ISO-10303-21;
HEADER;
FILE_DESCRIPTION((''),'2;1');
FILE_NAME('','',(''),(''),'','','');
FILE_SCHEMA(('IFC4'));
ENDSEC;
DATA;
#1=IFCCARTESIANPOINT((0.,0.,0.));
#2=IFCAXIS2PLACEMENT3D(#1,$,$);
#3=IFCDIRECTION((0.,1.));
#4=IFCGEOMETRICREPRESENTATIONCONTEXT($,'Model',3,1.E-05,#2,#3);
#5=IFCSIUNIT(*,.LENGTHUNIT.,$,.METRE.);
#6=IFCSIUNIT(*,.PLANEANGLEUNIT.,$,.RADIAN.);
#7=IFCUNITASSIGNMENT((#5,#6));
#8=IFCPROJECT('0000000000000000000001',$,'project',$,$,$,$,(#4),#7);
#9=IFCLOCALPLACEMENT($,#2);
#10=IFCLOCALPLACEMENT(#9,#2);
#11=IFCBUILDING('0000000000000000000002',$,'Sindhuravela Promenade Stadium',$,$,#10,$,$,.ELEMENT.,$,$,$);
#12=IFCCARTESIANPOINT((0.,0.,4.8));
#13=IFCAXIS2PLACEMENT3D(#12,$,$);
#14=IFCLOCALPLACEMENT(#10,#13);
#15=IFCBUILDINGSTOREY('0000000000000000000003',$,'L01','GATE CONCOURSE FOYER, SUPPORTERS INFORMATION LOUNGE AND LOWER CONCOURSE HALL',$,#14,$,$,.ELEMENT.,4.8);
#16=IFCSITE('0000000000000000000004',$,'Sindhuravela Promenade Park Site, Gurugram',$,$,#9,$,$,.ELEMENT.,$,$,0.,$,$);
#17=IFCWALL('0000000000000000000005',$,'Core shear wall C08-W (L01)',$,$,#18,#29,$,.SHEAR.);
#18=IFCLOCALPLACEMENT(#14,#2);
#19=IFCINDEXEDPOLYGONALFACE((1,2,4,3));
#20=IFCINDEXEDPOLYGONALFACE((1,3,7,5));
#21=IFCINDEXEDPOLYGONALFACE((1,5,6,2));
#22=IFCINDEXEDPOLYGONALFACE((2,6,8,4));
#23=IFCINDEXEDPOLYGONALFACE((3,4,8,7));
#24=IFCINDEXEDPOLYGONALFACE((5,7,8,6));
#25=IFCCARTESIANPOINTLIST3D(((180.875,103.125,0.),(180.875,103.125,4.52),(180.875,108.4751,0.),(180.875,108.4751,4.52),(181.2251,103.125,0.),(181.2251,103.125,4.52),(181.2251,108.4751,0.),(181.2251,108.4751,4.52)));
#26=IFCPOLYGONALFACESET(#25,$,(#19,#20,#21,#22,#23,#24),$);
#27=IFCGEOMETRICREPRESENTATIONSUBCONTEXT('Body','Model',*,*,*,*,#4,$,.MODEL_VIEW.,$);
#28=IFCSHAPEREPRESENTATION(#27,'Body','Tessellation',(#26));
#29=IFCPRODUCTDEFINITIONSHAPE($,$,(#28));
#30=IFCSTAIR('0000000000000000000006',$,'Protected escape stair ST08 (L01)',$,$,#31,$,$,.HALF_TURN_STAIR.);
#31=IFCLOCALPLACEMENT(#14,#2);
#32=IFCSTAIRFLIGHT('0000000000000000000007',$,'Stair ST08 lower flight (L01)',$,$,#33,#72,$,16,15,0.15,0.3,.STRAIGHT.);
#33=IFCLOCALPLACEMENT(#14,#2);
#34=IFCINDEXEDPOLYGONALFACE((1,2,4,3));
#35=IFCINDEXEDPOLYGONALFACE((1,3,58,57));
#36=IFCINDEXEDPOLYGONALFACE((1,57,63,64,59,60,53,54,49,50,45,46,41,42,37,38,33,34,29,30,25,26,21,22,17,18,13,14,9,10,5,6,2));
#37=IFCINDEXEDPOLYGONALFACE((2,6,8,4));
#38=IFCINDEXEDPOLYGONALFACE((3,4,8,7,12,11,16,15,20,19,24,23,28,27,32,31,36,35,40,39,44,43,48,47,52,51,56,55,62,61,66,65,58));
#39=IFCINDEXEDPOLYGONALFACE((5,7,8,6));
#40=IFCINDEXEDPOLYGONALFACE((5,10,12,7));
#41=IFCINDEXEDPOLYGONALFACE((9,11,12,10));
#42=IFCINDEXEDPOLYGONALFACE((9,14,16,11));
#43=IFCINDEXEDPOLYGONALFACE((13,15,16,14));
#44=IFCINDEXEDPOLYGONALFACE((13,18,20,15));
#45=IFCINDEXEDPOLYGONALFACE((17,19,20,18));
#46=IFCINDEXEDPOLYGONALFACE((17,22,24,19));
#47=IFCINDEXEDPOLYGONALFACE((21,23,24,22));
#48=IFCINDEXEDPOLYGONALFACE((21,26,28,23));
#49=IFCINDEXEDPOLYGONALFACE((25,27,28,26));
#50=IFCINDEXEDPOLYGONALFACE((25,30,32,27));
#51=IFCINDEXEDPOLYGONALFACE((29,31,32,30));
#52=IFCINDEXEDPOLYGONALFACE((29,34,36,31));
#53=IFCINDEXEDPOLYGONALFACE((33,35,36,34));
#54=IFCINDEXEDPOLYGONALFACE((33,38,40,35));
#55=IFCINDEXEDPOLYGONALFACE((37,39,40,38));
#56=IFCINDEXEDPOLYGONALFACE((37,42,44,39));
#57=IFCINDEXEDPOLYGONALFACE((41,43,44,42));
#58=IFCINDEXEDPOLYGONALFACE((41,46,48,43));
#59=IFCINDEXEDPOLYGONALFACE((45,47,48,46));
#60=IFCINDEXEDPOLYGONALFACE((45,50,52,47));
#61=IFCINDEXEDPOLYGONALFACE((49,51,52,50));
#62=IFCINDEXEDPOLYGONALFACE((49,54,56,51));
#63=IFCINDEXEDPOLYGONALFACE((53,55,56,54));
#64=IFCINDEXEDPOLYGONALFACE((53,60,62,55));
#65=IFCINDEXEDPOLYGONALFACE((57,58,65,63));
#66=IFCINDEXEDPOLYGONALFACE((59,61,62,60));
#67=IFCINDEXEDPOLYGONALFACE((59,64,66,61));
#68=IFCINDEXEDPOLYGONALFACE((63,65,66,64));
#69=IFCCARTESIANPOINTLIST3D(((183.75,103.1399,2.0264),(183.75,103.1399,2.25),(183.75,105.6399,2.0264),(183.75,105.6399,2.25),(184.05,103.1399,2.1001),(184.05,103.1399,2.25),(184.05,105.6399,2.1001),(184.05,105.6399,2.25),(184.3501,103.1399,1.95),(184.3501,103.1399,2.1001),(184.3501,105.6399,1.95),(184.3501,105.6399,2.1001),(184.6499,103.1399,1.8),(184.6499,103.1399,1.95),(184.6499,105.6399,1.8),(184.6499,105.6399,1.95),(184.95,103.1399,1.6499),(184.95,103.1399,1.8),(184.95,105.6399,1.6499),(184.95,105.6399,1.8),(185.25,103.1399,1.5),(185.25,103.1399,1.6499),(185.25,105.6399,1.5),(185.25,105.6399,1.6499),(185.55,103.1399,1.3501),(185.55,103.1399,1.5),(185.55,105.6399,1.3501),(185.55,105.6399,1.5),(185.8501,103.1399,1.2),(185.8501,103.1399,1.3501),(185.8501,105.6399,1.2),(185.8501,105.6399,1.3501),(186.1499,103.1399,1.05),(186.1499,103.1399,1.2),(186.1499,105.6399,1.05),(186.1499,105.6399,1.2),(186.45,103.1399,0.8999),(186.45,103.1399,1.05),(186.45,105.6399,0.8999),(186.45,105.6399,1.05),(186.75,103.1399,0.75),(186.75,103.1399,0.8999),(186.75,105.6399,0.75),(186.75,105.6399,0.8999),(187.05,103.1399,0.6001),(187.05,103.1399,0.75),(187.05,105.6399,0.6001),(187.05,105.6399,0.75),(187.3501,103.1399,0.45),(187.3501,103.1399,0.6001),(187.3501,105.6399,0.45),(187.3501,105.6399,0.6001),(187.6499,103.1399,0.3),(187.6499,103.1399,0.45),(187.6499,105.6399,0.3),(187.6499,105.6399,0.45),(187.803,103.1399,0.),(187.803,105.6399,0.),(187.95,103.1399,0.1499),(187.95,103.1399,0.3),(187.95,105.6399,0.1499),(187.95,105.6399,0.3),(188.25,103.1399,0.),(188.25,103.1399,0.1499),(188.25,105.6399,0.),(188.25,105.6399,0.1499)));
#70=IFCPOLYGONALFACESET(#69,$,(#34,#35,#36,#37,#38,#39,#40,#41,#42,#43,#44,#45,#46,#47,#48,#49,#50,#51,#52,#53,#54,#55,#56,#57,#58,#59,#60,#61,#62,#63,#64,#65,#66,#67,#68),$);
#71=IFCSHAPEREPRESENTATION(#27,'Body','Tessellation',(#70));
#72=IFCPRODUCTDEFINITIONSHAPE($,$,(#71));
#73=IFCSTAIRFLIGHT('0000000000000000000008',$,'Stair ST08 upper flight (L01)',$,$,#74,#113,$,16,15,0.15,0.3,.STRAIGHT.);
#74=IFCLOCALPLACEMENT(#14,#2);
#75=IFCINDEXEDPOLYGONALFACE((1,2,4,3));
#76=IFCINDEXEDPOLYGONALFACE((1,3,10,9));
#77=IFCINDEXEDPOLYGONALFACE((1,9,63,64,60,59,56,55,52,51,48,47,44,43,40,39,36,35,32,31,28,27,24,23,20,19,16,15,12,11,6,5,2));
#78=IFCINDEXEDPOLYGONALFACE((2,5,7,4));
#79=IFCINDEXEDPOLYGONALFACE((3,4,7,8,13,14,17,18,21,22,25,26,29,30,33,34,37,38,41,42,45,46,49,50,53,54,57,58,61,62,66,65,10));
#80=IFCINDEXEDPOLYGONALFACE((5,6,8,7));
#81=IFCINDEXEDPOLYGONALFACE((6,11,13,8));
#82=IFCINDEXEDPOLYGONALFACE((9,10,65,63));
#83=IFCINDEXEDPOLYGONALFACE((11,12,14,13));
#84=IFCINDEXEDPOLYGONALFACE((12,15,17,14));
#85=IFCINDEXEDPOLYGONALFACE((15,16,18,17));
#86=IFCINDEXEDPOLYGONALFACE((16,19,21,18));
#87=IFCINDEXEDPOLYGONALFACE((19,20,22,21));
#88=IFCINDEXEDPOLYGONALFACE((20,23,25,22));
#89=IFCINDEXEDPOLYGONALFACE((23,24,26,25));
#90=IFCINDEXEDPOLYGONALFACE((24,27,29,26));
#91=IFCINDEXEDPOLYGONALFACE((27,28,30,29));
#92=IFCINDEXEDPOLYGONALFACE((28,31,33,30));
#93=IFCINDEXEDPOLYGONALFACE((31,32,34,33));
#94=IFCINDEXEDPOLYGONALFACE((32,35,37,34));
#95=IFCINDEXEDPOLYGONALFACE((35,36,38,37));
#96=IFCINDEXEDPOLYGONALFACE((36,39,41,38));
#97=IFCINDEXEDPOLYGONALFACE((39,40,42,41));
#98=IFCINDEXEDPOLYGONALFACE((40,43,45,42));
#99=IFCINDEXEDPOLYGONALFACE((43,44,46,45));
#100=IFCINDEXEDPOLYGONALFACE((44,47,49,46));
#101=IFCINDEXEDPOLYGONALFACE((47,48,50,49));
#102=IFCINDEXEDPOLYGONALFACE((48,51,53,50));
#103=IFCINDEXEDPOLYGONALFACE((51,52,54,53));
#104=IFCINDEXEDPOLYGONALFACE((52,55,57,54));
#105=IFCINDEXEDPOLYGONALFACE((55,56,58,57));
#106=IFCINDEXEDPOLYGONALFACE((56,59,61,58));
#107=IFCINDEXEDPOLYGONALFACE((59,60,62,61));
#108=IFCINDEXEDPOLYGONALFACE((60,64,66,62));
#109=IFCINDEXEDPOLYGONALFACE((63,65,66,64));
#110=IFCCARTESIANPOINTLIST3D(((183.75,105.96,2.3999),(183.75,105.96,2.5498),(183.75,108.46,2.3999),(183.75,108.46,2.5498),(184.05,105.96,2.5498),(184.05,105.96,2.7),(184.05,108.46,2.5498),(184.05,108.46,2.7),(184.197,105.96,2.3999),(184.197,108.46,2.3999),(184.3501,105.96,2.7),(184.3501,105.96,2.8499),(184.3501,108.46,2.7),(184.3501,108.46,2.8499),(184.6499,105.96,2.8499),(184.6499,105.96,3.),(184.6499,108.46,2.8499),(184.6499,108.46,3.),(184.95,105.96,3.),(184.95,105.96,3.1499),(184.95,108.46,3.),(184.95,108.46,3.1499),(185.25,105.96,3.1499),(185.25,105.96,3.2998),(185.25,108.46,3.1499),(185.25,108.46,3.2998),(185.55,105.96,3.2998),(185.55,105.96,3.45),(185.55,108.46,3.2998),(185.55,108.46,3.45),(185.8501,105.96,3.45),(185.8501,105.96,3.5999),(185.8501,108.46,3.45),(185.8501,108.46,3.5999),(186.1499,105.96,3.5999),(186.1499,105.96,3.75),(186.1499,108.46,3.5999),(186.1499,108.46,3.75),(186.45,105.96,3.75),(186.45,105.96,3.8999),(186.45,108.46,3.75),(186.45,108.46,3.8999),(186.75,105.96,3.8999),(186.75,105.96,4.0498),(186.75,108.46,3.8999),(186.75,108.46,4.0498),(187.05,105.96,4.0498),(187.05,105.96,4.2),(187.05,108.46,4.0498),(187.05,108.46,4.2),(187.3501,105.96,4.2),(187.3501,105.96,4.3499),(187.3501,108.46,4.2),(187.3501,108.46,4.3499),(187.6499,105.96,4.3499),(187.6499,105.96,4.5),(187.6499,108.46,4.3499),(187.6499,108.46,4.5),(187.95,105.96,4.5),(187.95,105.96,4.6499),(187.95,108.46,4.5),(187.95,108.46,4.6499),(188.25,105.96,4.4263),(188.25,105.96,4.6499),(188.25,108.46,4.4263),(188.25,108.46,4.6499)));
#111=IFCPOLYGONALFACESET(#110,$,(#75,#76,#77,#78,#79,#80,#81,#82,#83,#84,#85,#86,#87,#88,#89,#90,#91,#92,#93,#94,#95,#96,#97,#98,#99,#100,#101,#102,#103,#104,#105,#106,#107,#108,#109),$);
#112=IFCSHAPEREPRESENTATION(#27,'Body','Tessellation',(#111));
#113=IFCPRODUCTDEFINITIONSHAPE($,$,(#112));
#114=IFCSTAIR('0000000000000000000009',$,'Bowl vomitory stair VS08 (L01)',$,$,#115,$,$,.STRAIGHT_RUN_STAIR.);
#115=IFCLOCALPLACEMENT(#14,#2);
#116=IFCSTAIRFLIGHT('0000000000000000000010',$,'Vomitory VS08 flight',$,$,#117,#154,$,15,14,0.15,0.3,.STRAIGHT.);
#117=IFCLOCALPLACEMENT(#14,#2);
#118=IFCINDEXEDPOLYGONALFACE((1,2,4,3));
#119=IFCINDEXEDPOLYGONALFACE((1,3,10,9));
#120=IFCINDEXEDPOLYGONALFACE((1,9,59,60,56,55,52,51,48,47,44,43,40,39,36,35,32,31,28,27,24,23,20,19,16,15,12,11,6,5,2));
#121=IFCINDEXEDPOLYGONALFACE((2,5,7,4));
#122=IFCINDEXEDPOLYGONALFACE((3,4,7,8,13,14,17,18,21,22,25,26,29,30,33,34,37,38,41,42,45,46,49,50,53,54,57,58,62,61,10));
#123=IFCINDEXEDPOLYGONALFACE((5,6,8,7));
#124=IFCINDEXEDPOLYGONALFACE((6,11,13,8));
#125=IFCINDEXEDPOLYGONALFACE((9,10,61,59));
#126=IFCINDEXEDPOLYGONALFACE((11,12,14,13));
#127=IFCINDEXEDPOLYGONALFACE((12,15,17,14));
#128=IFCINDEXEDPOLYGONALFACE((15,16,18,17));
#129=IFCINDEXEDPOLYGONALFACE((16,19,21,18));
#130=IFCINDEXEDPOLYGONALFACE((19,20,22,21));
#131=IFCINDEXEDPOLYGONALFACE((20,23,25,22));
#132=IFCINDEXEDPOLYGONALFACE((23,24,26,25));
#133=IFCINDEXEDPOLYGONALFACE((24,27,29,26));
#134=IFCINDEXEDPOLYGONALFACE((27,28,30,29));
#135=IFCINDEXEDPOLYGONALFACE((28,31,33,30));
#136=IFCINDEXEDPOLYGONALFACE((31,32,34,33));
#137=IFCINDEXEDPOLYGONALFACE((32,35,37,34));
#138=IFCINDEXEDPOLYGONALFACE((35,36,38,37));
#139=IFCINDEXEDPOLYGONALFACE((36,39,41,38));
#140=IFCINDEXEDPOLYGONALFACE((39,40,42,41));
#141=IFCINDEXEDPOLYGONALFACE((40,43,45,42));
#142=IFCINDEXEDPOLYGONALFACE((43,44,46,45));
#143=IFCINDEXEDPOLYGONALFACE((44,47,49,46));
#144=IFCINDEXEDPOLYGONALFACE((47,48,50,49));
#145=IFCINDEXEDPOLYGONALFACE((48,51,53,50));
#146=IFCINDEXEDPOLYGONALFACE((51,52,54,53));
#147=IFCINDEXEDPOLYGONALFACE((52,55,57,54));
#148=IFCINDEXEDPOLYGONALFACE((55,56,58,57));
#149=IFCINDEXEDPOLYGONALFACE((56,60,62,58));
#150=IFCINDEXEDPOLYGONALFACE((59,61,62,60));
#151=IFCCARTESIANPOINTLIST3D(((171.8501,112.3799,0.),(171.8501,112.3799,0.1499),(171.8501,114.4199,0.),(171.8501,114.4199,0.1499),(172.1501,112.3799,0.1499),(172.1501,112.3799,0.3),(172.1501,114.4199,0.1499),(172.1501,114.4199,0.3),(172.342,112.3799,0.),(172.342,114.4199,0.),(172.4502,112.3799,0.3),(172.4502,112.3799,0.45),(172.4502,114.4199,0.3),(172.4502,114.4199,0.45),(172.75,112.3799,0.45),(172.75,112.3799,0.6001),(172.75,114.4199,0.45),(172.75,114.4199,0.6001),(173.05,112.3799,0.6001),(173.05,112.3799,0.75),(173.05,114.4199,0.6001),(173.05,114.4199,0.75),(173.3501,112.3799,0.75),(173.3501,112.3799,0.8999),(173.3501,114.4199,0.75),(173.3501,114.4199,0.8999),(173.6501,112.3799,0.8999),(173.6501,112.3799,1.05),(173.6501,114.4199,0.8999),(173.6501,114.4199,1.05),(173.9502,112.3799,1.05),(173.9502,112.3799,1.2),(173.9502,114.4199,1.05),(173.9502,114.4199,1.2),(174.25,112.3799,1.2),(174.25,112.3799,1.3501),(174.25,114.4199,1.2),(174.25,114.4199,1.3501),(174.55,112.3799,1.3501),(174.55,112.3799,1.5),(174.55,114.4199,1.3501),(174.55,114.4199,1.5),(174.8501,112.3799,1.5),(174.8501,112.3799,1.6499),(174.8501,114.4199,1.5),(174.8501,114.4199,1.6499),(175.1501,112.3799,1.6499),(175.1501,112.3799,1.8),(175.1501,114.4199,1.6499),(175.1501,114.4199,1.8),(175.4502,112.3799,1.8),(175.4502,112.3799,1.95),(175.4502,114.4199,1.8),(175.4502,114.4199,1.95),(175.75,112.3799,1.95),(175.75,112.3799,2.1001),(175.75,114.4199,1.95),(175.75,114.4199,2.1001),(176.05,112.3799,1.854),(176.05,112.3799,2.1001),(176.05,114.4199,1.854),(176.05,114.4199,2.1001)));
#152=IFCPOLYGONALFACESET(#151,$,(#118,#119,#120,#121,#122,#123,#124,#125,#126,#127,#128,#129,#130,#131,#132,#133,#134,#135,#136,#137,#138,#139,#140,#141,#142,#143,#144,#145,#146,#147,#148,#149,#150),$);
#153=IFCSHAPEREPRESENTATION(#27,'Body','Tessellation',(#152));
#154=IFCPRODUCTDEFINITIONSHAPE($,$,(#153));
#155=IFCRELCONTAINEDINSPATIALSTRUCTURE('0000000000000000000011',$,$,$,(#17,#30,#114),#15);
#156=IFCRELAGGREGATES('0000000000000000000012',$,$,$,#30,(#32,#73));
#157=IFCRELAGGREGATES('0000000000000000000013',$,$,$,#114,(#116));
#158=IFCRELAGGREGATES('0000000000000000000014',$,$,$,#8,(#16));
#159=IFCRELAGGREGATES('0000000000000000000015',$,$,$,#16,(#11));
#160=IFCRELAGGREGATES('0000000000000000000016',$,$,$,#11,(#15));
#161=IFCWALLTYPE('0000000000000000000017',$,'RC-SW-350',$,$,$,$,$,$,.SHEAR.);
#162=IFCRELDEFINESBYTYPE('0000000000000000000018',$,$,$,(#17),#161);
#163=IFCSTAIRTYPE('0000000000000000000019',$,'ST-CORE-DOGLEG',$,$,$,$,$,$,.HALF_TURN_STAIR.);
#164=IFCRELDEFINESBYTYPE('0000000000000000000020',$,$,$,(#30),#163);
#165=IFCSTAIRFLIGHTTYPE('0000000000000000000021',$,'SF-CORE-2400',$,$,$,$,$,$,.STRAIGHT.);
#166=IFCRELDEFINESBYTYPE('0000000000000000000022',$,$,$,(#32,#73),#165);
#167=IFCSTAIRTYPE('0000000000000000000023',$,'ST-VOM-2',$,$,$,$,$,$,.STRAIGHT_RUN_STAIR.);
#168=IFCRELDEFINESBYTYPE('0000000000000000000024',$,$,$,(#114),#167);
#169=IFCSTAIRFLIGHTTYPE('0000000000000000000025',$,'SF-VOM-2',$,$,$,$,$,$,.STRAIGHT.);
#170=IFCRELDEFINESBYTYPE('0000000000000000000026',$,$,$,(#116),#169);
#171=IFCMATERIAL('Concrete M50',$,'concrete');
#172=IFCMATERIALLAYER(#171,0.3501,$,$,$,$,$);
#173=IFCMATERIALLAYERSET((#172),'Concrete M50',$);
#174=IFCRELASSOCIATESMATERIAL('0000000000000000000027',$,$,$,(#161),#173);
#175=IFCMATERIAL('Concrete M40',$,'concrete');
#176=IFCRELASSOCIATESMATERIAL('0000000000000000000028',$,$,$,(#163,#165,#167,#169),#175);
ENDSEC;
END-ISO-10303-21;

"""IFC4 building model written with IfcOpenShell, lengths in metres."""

from ifc_helpers import new_model, si_unit, direction, frame, frame_2d, origin, place, context, subcontext, project, spatial, polyline, rectangle, outline, extrude, material, layer, layer_set, type_object, element, aggregate, save


model = new_model("IFC4")

# Units and contexts
model_context = context("Model", 3, precision=1e-05, world=origin(), true_north=direction((0.0, 1.0)))
body_context = subcontext(model_context, "Body", "Model", "MODEL_VIEW")
ifc_project = project(units=[si_unit("LENGTHUNIT", "METRE"), si_unit("PLANEANGLEUNIT", "RADIAN")], contexts=[model_context])

# Site, building, storey
site_placement = place(None, origin())
site = spatial("IfcSite", under=ifc_project, at=site_placement, Name="Sindhuravela Promenade Park Site, Gurugram", CompositionType="ELEMENT", RefElevation=0.0)
building_placement = place(site_placement, origin())
building = spatial("IfcBuilding", under=site, at=building_placement, Name="Sindhuravela Promenade Stadium", CompositionType="ELEMENT")
storey_placement = place(building_placement, frame((0.0, 0.0, 4.8)))
storey = spatial("IfcBuildingStorey", under=building, at=storey_placement, Name="L01", Description="GATE CONCOURSE FOYER, SUPPORTERS INFORMATION LOUNGE AND LOWER CONCOURSE HALL", CompositionType="ELEMENT", Elevation=4.8)

# Shared definitions
ifc_material_1 = material(Name="Concrete M50", Category="concrete")
ifc_material_2 = material(Name="Concrete M40", Category="concrete")

# Wall
ifc_layer_1 = layer(ifc_material_1, 0.3501)
ifc_layer_set_1 = layer_set([ifc_layer_1], Name="Concrete M50")
wall_type_1 = type_object("IfcWallType", Name="RC-SW-350", PredefinedType="SHEAR", material=ifc_layer_set_1)
wall_1_placement = place(storey_placement, frame((181.05, 108.4751, 0.0), z_axis=(0.0, 0.0, 1.0), x_axis=(0.0, -1.0, 0.0)))
element("IfcWall", 1, at=wall_1_placement, inside=storey, type_object=wall_type_1, Name="Core shear wall C08-W (L01)", PredefinedType="SHEAR", context=body_context, shape_type="SweptSolid", body=[
    extrude(rectangle(XDim=5.3501, YDim=0.3501, at=frame_2d((2.675, 0.0))), origin(), (0.0, 0.0, 1.0), 4.52),
])

# Stair, stair flights
stair_type_1 = type_object("IfcStairType", Name="ST-CORE-DOGLEG", PredefinedType="HALF_TURN_STAIR", material=ifc_material_2)
stair_1_placement = place(storey_placement, origin())
stair_1 = element("IfcStair", 2, at=stair_1_placement, inside=storey, type_object=stair_type_1, Name="Protected escape stair ST08 (L01)", PredefinedType="HALF_TURN_STAIR")
stair_flight_type_1 = type_object("IfcStairFlightType", Name="SF-CORE-2400", PredefinedType="STRAIGHT", material=ifc_material_2)
stair_flight_1_placement = place(storey_placement, frame((188.25, 104.3899, 0.0), z_axis=(0.0, 0.0, 1.0), x_axis=(-1.0, 0.0, 0.0)))
stair_flight_1 = element("IfcStairFlight", 3, at=stair_flight_1_placement, type_object=stair_flight_type_1, Name="Stair ST08 lower flight (L01)", NumberOfRisers=16, NumberOfTreads=15, PredefinedType="STRAIGHT", RiserHeight=0.15, TreadLength=0.3, context=body_context, shape_type="SweptSolid", body=[
    extrude(outline(polyline([(0.0, 0.0), (0.0, 0.1499), (0.3, 0.1499), (0.3, 0.3), (0.6001, 0.3), (0.6001, 0.45), (0.8999, 0.45), (0.8999, 0.6001), (1.2, 0.6001), (1.2, 0.75), (1.5, 0.75), (1.5, 0.8999), (1.8, 0.8999), (1.8, 1.05), (2.1001, 1.05), (2.1001, 1.2), (2.3999, 1.2), (2.3999, 1.3501), (2.7, 1.3501), (2.7, 1.5), (3.0, 1.5), (3.0, 1.6499), (3.3, 1.6499), (3.3, 1.8), (3.6001, 1.8), (3.6001, 1.95), (3.8999, 1.95), (3.8999, 2.1001), (4.2, 2.1001), (4.2, 2.25), (4.5, 2.25), (4.5, 2.3999), (4.5, 2.0264), (0.447, 0.0), (0.0, 0.0)])), frame((0.0, 1.25, 0.0), z_axis=(0.0, -1.0, 0.0), x_axis=(1.0, 0.0, 0.0)), (0.0, 0.0, 1.0), 2.5),
])
stair_flight_2_placement = place(storey_placement, frame((183.75, 107.21, 2.3999), z_axis=(0.0, 0.0, 1.0), x_axis=(1.0, 0.0, 0.0)))
stair_flight_2 = element("IfcStairFlight", 4, at=stair_flight_2_placement, type_object=stair_flight_type_1, Name="Stair ST08 upper flight (L01)", NumberOfRisers=16, NumberOfTreads=15, PredefinedType="STRAIGHT", RiserHeight=0.15, TreadLength=0.3, context=body_context, shape_type="SweptSolid", body=[
    extrude(outline(polyline([(0.0, 0.0), (0.0, 0.1499), (0.3, 0.1499), (0.3, 0.3), (0.6001, 0.3), (0.6001, 0.45), (0.8999, 0.45), (0.8999, 0.6001), (1.2, 0.6001), (1.2, 0.75), (1.5, 0.75), (1.5, 0.8999), (1.8, 0.8999), (1.8, 1.05), (2.1001, 1.05), (2.1001, 1.2), (2.3999, 1.2), (2.3999, 1.3501), (2.7, 1.3501), (2.7, 1.5), (3.0, 1.5), (3.0, 1.6499), (3.3, 1.6499), (3.3, 1.8), (3.6001, 1.8), (3.6001, 1.95), (3.8999, 1.95), (3.8999, 2.1001), (4.2, 2.1001), (4.2, 2.25), (4.5, 2.25), (4.5, 2.3999), (4.5, 2.0264), (0.447, 0.0), (0.0, 0.0)])), frame((0.0, 1.25, 0.0), z_axis=(0.0, -1.0, 0.0), x_axis=(1.0, 0.0, 0.0)), (0.0, 0.0, 1.0), 2.5),
])
aggregate(stair_1, [stair_flight_1, stair_flight_2])

# Stair, stair flight
stair_type_2 = type_object("IfcStairType", Name="ST-VOM-2", PredefinedType="STRAIGHT_RUN_STAIR", material=ifc_material_2)
stair_2_placement = place(storey_placement, origin())
stair_2 = element("IfcStair", 5, at=stair_2_placement, inside=storey, type_object=stair_type_2, Name="Bowl vomitory stair VS08 (L01)", PredefinedType="STRAIGHT_RUN_STAIR")
stair_flight_type_2 = type_object("IfcStairFlightType", Name="SF-VOM-2", PredefinedType="STRAIGHT", material=ifc_material_2)
stair_flight_3_placement = place(storey_placement, frame((171.8501, 113.3999, 0.0), z_axis=(0.0, 0.0, 1.0), x_axis=(1.0, 0.0, 0.0)))
stair_flight_3 = element("IfcStairFlight", 6, at=stair_flight_3_placement, type_object=stair_flight_type_2, Name="Vomitory VS08 flight", NumberOfRisers=15, NumberOfTreads=14, PredefinedType="STRAIGHT", RiserHeight=0.15, TreadLength=0.3, context=body_context, shape_type="SweptSolid", body=[
    extrude(outline(polyline([(0.0, 0.0), (0.0, 0.1499), (0.3, 0.1499), (0.3, 0.3), (0.6001, 0.3), (0.6001, 0.45), (0.8999, 0.45), (0.8999, 0.6001), (1.2, 0.6001), (1.2, 0.75), (1.5, 0.75), (1.5, 0.8999), (1.8, 0.8999), (1.8, 1.05), (2.1001, 1.05), (2.1001, 1.2), (2.3999, 1.2), (2.3999, 1.3501), (2.7, 1.3501), (2.7, 1.5), (3.0, 1.5), (3.0, 1.6499), (3.3, 1.6499), (3.3, 1.8), (3.6001, 1.8), (3.6001, 1.95), (3.8999, 1.95), (3.8999, 2.1001), (4.2, 2.1001), (4.2, 2.25), (4.2, 1.854), (0.4919, 0.0), (0.0, 0.0)])), frame((0.0, 1.02, 0.0), z_axis=(0.0, -1.0, 0.0), x_axis=(1.0, 0.0, 0.0)), (0.0, 0.0, 1.0), 2.04),
])
aggregate(stair_2, [stair_flight_3])

save(model, "model.ifc")
